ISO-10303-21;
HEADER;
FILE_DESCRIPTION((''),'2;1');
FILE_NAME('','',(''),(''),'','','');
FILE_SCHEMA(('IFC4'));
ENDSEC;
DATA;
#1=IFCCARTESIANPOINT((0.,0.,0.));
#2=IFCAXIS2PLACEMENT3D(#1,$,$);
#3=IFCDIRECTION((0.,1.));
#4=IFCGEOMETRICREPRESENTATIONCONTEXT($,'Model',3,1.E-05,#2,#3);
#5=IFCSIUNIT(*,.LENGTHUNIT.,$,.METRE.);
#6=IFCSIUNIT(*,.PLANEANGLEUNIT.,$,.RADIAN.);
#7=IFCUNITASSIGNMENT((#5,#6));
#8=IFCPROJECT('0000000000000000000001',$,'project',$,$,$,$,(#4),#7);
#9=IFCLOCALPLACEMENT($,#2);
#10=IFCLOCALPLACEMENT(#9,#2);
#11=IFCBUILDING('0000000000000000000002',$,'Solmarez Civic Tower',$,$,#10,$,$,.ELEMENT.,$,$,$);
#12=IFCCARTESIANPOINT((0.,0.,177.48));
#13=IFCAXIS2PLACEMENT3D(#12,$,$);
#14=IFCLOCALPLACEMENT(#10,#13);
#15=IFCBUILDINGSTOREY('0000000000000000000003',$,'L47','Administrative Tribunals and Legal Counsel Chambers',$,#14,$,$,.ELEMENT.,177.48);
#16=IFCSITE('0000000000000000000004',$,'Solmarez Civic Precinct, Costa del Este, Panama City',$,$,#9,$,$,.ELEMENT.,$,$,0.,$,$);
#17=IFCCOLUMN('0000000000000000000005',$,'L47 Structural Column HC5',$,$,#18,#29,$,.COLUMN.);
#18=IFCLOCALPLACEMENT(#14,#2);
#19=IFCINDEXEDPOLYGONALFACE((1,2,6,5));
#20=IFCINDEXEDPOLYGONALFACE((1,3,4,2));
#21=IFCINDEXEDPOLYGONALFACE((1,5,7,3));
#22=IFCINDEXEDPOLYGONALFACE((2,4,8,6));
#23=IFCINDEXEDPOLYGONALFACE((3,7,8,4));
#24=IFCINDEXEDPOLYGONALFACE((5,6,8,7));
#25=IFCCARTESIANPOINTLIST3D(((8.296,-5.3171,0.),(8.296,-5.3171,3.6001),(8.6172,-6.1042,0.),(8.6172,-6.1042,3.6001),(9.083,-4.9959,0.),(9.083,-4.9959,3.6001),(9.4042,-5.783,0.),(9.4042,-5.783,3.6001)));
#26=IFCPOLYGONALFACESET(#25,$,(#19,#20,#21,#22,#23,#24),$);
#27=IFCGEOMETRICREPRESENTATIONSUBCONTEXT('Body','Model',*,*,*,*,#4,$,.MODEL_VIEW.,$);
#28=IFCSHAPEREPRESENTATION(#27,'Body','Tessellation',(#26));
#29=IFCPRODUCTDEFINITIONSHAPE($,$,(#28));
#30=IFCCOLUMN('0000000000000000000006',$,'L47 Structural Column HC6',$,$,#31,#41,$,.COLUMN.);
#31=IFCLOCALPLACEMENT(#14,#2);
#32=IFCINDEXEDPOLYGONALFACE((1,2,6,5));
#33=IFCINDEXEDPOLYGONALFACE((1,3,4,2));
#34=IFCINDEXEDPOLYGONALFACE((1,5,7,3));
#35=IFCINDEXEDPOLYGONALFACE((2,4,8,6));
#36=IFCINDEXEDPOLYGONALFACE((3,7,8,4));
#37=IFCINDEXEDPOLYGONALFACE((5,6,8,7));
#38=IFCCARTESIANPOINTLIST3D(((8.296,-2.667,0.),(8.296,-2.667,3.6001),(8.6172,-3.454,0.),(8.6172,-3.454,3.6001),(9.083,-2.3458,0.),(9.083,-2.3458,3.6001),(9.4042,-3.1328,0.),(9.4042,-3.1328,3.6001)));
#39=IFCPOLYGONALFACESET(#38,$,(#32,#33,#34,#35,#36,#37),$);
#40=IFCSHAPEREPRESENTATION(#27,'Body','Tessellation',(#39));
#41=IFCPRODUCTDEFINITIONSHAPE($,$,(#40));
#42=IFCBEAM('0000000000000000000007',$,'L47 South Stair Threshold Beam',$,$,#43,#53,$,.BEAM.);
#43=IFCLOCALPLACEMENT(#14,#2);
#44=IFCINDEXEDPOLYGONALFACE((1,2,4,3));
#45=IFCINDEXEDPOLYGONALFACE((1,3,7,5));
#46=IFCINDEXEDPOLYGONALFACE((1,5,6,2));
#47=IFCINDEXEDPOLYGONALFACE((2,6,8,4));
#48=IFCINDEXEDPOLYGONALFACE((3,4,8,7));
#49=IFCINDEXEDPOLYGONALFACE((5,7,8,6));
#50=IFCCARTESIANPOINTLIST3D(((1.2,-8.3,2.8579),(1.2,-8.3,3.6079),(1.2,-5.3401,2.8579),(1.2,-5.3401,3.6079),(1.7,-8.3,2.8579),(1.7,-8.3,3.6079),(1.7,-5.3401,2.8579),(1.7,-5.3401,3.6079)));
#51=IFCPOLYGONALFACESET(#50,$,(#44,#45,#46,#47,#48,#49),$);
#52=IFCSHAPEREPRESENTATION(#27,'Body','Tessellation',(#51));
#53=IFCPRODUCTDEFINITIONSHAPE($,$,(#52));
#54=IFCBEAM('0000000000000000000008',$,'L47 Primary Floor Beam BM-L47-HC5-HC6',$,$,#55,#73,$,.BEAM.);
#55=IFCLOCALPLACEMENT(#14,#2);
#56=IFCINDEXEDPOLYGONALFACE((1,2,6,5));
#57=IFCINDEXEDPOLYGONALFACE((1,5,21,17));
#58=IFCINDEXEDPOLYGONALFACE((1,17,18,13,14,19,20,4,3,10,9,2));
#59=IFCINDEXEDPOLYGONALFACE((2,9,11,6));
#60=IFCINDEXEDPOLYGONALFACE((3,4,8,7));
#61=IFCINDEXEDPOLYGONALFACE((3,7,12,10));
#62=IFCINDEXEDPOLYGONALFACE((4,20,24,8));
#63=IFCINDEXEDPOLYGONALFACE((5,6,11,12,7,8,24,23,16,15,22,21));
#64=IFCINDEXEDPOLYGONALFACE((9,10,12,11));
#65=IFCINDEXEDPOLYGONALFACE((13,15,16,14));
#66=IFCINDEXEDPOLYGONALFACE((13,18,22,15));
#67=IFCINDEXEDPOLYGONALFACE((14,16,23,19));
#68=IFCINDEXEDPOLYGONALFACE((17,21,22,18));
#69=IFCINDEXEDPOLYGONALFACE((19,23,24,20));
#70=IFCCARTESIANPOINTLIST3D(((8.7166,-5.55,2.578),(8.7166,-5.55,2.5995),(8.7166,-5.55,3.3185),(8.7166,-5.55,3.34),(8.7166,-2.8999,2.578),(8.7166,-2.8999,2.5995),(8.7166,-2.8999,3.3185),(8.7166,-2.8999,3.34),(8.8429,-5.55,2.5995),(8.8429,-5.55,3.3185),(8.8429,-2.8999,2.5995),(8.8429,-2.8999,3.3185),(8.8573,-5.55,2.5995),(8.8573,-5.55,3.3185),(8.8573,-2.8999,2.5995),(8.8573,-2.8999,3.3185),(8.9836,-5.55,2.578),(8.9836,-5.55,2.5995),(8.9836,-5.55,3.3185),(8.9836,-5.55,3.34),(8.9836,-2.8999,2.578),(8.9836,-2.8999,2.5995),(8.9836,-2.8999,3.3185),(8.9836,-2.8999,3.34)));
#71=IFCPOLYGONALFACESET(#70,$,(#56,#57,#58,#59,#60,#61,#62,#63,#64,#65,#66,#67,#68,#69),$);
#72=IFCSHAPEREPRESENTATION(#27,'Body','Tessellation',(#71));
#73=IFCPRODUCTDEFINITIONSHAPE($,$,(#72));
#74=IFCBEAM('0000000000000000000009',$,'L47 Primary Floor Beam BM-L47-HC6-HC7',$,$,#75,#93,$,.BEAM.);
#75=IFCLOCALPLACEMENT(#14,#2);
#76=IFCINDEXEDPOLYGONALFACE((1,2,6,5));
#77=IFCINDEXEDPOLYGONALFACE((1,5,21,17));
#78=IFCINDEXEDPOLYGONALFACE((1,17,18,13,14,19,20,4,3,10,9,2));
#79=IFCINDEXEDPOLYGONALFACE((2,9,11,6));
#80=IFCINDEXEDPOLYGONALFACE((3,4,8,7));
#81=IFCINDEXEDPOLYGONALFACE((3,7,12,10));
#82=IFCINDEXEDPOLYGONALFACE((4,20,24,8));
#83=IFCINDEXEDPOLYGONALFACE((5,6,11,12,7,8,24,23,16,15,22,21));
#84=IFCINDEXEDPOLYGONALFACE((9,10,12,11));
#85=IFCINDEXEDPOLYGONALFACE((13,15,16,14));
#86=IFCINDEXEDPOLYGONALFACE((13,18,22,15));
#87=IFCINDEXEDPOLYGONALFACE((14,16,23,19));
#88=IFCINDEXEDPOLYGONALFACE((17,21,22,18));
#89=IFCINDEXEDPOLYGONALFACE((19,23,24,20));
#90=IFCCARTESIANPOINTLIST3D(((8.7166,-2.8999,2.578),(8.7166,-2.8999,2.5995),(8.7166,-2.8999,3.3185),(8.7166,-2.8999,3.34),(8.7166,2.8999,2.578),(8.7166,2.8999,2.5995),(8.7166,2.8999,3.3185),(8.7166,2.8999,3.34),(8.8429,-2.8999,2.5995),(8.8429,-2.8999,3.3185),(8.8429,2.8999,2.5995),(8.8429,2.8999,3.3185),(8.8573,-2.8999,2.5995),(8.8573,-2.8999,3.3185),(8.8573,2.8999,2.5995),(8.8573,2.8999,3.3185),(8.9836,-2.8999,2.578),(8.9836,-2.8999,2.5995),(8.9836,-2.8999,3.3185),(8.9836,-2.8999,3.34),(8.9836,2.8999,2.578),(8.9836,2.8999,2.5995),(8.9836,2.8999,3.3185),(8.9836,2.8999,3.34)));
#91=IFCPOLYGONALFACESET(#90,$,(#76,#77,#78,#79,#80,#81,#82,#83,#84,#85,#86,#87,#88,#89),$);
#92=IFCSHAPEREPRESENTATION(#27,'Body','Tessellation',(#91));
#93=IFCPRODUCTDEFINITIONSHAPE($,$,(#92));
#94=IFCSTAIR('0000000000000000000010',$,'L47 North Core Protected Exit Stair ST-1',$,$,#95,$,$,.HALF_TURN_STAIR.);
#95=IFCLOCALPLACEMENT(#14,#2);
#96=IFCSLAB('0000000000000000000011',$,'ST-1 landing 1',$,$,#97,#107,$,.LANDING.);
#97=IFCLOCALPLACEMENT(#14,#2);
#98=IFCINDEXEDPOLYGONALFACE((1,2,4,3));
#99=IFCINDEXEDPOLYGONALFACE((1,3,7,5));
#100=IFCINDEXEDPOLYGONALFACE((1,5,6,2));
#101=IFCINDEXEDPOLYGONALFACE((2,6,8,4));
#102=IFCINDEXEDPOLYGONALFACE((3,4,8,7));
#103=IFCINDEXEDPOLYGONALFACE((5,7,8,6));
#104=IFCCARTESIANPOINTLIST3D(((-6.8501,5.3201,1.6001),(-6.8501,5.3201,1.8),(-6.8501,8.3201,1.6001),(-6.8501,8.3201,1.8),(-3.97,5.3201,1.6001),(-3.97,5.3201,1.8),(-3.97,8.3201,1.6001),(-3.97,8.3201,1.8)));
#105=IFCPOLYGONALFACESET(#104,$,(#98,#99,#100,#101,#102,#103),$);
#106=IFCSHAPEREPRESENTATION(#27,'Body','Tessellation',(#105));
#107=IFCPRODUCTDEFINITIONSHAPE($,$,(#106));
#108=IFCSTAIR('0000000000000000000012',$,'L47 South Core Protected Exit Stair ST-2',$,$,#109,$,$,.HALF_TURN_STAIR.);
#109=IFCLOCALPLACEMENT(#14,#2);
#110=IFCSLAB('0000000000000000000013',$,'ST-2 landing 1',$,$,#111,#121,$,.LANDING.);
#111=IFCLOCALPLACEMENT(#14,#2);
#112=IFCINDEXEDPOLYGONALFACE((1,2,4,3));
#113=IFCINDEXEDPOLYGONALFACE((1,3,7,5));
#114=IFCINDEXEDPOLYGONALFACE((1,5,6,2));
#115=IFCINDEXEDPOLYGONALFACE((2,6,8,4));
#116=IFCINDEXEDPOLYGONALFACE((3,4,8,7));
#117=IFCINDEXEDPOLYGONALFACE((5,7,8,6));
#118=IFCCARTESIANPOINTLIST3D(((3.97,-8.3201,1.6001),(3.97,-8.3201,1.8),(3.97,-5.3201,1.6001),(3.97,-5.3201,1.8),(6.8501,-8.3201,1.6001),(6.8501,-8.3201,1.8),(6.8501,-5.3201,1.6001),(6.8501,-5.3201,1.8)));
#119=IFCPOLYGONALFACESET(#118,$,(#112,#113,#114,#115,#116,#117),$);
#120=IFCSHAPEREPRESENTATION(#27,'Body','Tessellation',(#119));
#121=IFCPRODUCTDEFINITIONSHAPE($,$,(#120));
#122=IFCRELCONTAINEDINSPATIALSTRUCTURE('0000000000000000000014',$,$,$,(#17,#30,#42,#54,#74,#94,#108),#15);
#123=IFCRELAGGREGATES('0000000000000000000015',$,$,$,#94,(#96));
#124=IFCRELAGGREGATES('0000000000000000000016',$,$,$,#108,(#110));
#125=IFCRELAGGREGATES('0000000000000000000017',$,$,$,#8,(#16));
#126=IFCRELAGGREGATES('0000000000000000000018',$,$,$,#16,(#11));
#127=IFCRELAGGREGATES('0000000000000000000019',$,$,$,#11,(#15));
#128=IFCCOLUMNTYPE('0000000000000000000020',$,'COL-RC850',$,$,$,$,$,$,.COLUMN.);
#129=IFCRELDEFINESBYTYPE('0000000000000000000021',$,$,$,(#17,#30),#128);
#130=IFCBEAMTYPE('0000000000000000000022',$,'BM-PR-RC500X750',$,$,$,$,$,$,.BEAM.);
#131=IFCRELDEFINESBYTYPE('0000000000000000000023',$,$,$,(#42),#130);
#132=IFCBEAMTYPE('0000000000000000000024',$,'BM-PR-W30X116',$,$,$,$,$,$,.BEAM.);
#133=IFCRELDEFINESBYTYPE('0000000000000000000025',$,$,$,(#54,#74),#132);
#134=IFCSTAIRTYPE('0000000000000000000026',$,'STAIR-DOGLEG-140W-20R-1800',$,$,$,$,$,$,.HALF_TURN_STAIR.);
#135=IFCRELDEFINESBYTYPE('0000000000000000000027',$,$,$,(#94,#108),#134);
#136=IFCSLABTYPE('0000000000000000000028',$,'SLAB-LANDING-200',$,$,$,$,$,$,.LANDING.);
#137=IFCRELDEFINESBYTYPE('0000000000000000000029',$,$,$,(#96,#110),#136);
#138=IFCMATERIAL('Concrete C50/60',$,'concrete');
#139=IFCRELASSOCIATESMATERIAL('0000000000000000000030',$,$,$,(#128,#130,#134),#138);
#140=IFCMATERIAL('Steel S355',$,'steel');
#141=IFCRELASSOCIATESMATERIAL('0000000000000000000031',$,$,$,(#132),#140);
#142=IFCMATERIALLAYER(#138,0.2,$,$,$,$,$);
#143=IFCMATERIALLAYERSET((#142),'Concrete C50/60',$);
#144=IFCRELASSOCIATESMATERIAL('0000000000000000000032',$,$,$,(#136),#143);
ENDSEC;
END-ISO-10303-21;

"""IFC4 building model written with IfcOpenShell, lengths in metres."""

from ifc_helpers import new_model, si_unit, direction, frame, origin, origin_2d, place, context, subcontext, project, spatial, polyline, rectangle, i_section, outline, extrude, material, layer, layer_set, material_profile, profile_set, type_object, element, aggregate, save


model = new_model("IFC4")

# Units and contexts
model_context = context("Model", 3, precision=1e-05, world=origin(), true_north=direction((0.0, 1.0)))
body_context = subcontext(model_context, "Body", "Model", "MODEL_VIEW")
ifc_project = project(units=[si_unit("LENGTHUNIT", "METRE"), si_unit("PLANEANGLEUNIT", "RADIAN")], contexts=[model_context])

# Site, building, storey
site_placement = place(None, origin())
site = spatial("IfcSite", under=ifc_project, at=site_placement, Name="Solmarez Civic Precinct, Costa del Este, Panama City", CompositionType="ELEMENT", RefElevation=0.0)
building_placement = place(site_placement, origin())
building = spatial("IfcBuilding", under=site, at=building_placement, Name="Solmarez Civic Tower", CompositionType="ELEMENT")
storey_placement = place(building_placement, frame((0.0, 0.0, 177.48)))
storey = spatial("IfcBuildingStorey", under=building, at=storey_placement, Name="L47", Description="Administrative Tribunals and Legal Counsel Chambers", CompositionType="ELEMENT", Elevation=177.48)

# Columns
ifc_material_1 = material(Name="Concrete C50/60", Category="concrete")
ifc_material_profile_1 = material_profile(ifc_material_1, rectangle(XDim=0.8501, YDim=0.8501, at=origin_2d()), Name="RC850X850")
ifc_profile_set_1 = profile_set([ifc_material_profile_1], Name="Concrete C50/60")
column_type = type_object("IfcColumnType", Name="COL-RC850", PredefinedType="COLUMN", material=ifc_profile_set_1)
for number, where, z_axis, x_axis, name in (
    (1, (8.8501, -5.55, 0.0), (0.0, 0.0, 1.0), (0.925871, 0.377841, 0.0), "L47 Structural Column HC5"),
    (2, (8.8501, -2.8999, 0.0), (0.0, 0.0, 1.0), (0.925871, 0.377841, 0.0), "L47 Structural Column HC6"),
):
    element("IfcColumn", number, at=place(storey_placement, frame(where, z_axis=z_axis, x_axis=x_axis)), inside=storey, type_object=column_type, Name=name, PredefinedType="COLUMN", context=body_context, shape_type="SweptSolid", body=[
        extrude(rectangle(XDim=0.8501, YDim=0.8501, at=origin_2d()), origin(), (0.0, 0.0, 1.0), 3.6001),
    ])

# Beams
ifc_material_profile_2 = material_profile(ifc_material_1, rectangle(XDim=0.5, YDim=0.75, at=origin_2d()), Name="RC500X750")
ifc_profile_set_2 = profile_set([ifc_material_profile_2], Name="Concrete C50/60")
beam_type_1 = type_object("IfcBeamType", Name="BM-PR-RC500X750", PredefinedType="BEAM", material=ifc_profile_set_2)
beam_1_placement = place(storey_placement, frame((1.45, -8.3, 3.2329), z_axis=(0.0, 1.0, 0.0), x_axis=(-1.0, 0.0, 0.0)))
element("IfcBeam", 3, at=beam_1_placement, inside=storey, type_object=beam_type_1, Name="L47 South Stair Threshold Beam", PredefinedType="BEAM", context=body_context, shape_type="SweptSolid", body=[
    extrude(rectangle(XDim=0.5, YDim=0.75, at=origin_2d()), origin(), (0.0, 0.0, 1.0), 2.96),
])
ifc_material_2 = material(Name="Steel S355", Category="steel")
ifc_material_profile_3 = material_profile(ifc_material_2, i_section(OverallWidth=0.2671, OverallDepth=0.762, WebThickness=0.0144, FlangeThickness=0.0215, at=origin_2d()), Name="W30X116")
ifc_profile_set_3 = profile_set([ifc_material_profile_3], Name="Steel S355")
beam_type_2 = type_object("IfcBeamType", Name="BM-PR-W30X116", PredefinedType="BEAM", material=ifc_profile_set_3)
beam_2_placement = place(storey_placement, frame((8.8501, -5.55, 2.959), z_axis=(0.0, 1.0, 0.0), x_axis=(-1.0, 0.0, 0.0)))
element("IfcBeam", 4, at=beam_2_placement, inside=storey, type_object=beam_type_2, Name="L47 Primary Floor Beam BM-L47-HC5-HC6", PredefinedType="BEAM", context=body_context, shape_type="SweptSolid", body=[
    extrude(i_section(OverallWidth=0.2671, OverallDepth=0.762, WebThickness=0.0144, FlangeThickness=0.0215, at=origin_2d()), origin(), (0.0, 0.0, 1.0), 2.6501),
])
beam_3_placement = place(storey_placement, frame((8.8501, -2.8999, 2.959), z_axis=(0.0, 1.0, 0.0), x_axis=(-1.0, 0.0, 0.0)))
element("IfcBeam", 5, at=beam_3_placement, inside=storey, type_object=beam_type_2, Name="L47 Primary Floor Beam BM-L47-HC6-HC7", PredefinedType="BEAM", context=body_context, shape_type="SweptSolid", body=[
    extrude(i_section(OverallWidth=0.2671, OverallDepth=0.762, WebThickness=0.0144, FlangeThickness=0.0215, at=origin_2d()), origin(), (0.0, 0.0, 1.0), 5.7998),
])

# Stairs, slabs
stair_type = type_object("IfcStairType", Name="STAIR-DOGLEG-140W-20R-1800", PredefinedType="HALF_TURN_STAIR", material=ifc_material_1)
stair_1_placement = place(storey_placement, origin())
stair_1 = element("IfcStair", 6, at=stair_1_placement, inside=storey, type_object=stair_type, Name="L47 North Core Protected Exit Stair ST-1", PredefinedType="HALF_TURN_STAIR")
ifc_layer_1 = layer(ifc_material_1, 0.2)
ifc_layer_set_1 = layer_set([ifc_layer_1], Name="Concrete C50/60")
slab_type_1 = type_object("IfcSlabType", Name="SLAB-LANDING-200", PredefinedType="LANDING", material=ifc_layer_set_1)
slab_1_placement = place(storey_placement, frame((0.0, 0.0, 1.6001)))
slab_1 = element("IfcSlab", 7, at=slab_1_placement, type_object=slab_type_1, Name="ST-1 landing 1", PredefinedType="LANDING", context=body_context, shape_type="SweptSolid", body=[
    extrude(outline(polyline([(-3.97, 8.3201), (-6.8501, 8.3201), (-6.8501, 5.3201), (-3.97, 5.3201), (-3.97, 8.3201)])), origin(), (0.0, 0.0, 1.0), 0.2),
])
aggregate(stair_1, [slab_1])
stair_2_placement = place(storey_placement, origin())
stair_2 = element("IfcStair", 8, at=stair_2_placement, inside=storey, type_object=stair_type, Name="L47 South Core Protected Exit Stair ST-2", PredefinedType="HALF_TURN_STAIR")
slab_2_placement = place(storey_placement, frame((0.0, 0.0, 1.6001)))
slab_2 = element("IfcSlab", 9, at=slab_2_placement, type_object=slab_type_1, Name="ST-2 landing 1", PredefinedType="LANDING", context=body_context, shape_type="SweptSolid", body=[
    extrude(outline(polyline([(3.97, -8.3201), (6.8501, -8.3201), (6.8501, -5.3201), (3.97, -5.3201), (3.97, -8.3201)])), origin(), (0.0, 0.0, 1.0), 0.2),
])

aggregate(stair_2, [slab_2])

save(model, "model.ifc")
